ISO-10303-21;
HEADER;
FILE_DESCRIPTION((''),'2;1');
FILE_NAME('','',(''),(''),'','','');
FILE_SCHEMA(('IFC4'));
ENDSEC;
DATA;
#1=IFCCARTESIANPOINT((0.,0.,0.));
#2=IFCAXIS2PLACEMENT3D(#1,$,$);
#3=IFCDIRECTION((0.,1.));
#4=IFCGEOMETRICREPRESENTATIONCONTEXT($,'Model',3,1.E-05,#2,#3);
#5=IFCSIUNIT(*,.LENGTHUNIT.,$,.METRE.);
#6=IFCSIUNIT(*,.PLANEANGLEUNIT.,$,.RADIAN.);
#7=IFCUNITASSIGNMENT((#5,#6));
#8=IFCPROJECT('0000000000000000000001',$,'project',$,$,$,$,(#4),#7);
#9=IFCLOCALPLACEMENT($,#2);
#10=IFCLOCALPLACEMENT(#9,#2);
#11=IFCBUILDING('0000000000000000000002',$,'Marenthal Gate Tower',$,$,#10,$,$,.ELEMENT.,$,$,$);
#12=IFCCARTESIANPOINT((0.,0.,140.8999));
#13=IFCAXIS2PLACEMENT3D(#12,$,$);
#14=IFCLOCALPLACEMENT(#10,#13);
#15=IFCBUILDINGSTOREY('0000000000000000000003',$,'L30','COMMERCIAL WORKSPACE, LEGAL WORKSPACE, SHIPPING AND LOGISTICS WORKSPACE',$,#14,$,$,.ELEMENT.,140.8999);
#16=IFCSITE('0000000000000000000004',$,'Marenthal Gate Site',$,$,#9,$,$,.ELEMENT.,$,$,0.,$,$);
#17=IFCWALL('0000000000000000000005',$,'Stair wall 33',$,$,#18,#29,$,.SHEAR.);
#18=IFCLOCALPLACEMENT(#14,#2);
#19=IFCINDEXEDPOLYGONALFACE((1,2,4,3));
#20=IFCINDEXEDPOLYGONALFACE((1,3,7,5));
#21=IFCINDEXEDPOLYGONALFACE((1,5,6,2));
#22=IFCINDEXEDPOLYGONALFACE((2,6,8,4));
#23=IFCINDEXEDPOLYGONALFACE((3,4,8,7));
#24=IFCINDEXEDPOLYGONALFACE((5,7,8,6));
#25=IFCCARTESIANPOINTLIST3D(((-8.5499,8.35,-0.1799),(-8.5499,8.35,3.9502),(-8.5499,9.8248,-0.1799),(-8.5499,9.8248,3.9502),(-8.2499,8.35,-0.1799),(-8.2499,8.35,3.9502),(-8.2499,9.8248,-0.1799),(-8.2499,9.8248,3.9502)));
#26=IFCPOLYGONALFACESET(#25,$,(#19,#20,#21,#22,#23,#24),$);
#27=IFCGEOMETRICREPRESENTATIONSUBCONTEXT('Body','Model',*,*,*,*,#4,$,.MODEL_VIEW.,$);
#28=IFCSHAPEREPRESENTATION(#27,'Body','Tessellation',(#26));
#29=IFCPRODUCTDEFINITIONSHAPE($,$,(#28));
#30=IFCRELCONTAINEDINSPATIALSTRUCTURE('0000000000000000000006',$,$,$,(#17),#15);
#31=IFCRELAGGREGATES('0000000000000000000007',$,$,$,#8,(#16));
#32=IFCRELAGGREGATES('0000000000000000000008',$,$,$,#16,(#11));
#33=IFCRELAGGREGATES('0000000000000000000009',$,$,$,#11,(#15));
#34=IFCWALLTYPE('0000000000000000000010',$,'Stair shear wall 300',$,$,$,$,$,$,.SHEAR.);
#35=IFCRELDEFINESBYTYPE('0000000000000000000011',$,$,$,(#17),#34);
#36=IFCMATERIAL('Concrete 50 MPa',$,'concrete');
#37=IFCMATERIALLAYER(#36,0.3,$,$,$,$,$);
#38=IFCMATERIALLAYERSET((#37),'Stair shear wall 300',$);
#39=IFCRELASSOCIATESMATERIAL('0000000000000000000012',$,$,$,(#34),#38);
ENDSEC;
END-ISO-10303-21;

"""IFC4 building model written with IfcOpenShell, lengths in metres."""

from ifc_helpers import new_model, si_unit, direction, frame, frame_2d, origin, place, context, subcontext, project, spatial, rectangle, extrude, material, layer, layer_set, type_object, element, save


model = new_model("IFC4")

# Units and contexts
model_context = context("Model", 3, precision=1e-05, world=origin(), true_north=direction((0.0, 1.0)))
body_context = subcontext(model_context, "Body", "Model", "MODEL_VIEW")
ifc_project = project(units=[si_unit("LENGTHUNIT", "METRE"), si_unit("PLANEANGLEUNIT", "RADIAN")], contexts=[model_context])

# Site, building, storey
site_placement = place(None, origin())
site = spatial("IfcSite", under=ifc_project, at=site_placement, Name="Marenthal Gate Site", CompositionType="ELEMENT", RefElevation=0.0)
building_placement = place(site_placement, origin())
building = spatial("IfcBuilding", under=site, at=building_placement, Name="Marenthal Gate Tower", CompositionType="ELEMENT")
storey_placement = place(building_placement, frame((0.0, 0.0, 140.8999)))
storey = spatial("IfcBuildingStorey", under=building, at=storey_placement, Name="L30", Description="COMMERCIAL WORKSPACE, LEGAL WORKSPACE, SHIPPING AND LOGISTICS WORKSPACE", CompositionType="ELEMENT", Elevation=140.8999)

# Wall
ifc_material_1 = material(Name="Concrete 50 MPa", Category="concrete")
ifc_layer_1 = layer(ifc_material_1, 0.3)
ifc_layer_set_1 = layer_set([ifc_layer_1], Name="Stair shear wall 300")
wall_type_1 = type_object("IfcWallType", Name="Stair shear wall 300", PredefinedType="SHEAR", material=ifc_layer_set_1)
wall_1_placement = place(storey_placement, frame((-8.3999, 8.3501, -0.1799), z_axis=(0.0, 0.0, 1.0), x_axis=(0.0, 1.0, 0.0)))
element("IfcWall", 1, at=wall_1_placement, inside=storey, type_object=wall_type_1, Name="Stair wall 33", PredefinedType="SHEAR", context=body_context, shape_type="SweptSolid", body=[
    extrude(rectangle(XDim=1.4749, YDim=0.3, at=frame_2d((0.7373, 0.0))), origin(), (0.0, 0.0, 1.0), 4.1301),
])

save(model, "model.ifc")
